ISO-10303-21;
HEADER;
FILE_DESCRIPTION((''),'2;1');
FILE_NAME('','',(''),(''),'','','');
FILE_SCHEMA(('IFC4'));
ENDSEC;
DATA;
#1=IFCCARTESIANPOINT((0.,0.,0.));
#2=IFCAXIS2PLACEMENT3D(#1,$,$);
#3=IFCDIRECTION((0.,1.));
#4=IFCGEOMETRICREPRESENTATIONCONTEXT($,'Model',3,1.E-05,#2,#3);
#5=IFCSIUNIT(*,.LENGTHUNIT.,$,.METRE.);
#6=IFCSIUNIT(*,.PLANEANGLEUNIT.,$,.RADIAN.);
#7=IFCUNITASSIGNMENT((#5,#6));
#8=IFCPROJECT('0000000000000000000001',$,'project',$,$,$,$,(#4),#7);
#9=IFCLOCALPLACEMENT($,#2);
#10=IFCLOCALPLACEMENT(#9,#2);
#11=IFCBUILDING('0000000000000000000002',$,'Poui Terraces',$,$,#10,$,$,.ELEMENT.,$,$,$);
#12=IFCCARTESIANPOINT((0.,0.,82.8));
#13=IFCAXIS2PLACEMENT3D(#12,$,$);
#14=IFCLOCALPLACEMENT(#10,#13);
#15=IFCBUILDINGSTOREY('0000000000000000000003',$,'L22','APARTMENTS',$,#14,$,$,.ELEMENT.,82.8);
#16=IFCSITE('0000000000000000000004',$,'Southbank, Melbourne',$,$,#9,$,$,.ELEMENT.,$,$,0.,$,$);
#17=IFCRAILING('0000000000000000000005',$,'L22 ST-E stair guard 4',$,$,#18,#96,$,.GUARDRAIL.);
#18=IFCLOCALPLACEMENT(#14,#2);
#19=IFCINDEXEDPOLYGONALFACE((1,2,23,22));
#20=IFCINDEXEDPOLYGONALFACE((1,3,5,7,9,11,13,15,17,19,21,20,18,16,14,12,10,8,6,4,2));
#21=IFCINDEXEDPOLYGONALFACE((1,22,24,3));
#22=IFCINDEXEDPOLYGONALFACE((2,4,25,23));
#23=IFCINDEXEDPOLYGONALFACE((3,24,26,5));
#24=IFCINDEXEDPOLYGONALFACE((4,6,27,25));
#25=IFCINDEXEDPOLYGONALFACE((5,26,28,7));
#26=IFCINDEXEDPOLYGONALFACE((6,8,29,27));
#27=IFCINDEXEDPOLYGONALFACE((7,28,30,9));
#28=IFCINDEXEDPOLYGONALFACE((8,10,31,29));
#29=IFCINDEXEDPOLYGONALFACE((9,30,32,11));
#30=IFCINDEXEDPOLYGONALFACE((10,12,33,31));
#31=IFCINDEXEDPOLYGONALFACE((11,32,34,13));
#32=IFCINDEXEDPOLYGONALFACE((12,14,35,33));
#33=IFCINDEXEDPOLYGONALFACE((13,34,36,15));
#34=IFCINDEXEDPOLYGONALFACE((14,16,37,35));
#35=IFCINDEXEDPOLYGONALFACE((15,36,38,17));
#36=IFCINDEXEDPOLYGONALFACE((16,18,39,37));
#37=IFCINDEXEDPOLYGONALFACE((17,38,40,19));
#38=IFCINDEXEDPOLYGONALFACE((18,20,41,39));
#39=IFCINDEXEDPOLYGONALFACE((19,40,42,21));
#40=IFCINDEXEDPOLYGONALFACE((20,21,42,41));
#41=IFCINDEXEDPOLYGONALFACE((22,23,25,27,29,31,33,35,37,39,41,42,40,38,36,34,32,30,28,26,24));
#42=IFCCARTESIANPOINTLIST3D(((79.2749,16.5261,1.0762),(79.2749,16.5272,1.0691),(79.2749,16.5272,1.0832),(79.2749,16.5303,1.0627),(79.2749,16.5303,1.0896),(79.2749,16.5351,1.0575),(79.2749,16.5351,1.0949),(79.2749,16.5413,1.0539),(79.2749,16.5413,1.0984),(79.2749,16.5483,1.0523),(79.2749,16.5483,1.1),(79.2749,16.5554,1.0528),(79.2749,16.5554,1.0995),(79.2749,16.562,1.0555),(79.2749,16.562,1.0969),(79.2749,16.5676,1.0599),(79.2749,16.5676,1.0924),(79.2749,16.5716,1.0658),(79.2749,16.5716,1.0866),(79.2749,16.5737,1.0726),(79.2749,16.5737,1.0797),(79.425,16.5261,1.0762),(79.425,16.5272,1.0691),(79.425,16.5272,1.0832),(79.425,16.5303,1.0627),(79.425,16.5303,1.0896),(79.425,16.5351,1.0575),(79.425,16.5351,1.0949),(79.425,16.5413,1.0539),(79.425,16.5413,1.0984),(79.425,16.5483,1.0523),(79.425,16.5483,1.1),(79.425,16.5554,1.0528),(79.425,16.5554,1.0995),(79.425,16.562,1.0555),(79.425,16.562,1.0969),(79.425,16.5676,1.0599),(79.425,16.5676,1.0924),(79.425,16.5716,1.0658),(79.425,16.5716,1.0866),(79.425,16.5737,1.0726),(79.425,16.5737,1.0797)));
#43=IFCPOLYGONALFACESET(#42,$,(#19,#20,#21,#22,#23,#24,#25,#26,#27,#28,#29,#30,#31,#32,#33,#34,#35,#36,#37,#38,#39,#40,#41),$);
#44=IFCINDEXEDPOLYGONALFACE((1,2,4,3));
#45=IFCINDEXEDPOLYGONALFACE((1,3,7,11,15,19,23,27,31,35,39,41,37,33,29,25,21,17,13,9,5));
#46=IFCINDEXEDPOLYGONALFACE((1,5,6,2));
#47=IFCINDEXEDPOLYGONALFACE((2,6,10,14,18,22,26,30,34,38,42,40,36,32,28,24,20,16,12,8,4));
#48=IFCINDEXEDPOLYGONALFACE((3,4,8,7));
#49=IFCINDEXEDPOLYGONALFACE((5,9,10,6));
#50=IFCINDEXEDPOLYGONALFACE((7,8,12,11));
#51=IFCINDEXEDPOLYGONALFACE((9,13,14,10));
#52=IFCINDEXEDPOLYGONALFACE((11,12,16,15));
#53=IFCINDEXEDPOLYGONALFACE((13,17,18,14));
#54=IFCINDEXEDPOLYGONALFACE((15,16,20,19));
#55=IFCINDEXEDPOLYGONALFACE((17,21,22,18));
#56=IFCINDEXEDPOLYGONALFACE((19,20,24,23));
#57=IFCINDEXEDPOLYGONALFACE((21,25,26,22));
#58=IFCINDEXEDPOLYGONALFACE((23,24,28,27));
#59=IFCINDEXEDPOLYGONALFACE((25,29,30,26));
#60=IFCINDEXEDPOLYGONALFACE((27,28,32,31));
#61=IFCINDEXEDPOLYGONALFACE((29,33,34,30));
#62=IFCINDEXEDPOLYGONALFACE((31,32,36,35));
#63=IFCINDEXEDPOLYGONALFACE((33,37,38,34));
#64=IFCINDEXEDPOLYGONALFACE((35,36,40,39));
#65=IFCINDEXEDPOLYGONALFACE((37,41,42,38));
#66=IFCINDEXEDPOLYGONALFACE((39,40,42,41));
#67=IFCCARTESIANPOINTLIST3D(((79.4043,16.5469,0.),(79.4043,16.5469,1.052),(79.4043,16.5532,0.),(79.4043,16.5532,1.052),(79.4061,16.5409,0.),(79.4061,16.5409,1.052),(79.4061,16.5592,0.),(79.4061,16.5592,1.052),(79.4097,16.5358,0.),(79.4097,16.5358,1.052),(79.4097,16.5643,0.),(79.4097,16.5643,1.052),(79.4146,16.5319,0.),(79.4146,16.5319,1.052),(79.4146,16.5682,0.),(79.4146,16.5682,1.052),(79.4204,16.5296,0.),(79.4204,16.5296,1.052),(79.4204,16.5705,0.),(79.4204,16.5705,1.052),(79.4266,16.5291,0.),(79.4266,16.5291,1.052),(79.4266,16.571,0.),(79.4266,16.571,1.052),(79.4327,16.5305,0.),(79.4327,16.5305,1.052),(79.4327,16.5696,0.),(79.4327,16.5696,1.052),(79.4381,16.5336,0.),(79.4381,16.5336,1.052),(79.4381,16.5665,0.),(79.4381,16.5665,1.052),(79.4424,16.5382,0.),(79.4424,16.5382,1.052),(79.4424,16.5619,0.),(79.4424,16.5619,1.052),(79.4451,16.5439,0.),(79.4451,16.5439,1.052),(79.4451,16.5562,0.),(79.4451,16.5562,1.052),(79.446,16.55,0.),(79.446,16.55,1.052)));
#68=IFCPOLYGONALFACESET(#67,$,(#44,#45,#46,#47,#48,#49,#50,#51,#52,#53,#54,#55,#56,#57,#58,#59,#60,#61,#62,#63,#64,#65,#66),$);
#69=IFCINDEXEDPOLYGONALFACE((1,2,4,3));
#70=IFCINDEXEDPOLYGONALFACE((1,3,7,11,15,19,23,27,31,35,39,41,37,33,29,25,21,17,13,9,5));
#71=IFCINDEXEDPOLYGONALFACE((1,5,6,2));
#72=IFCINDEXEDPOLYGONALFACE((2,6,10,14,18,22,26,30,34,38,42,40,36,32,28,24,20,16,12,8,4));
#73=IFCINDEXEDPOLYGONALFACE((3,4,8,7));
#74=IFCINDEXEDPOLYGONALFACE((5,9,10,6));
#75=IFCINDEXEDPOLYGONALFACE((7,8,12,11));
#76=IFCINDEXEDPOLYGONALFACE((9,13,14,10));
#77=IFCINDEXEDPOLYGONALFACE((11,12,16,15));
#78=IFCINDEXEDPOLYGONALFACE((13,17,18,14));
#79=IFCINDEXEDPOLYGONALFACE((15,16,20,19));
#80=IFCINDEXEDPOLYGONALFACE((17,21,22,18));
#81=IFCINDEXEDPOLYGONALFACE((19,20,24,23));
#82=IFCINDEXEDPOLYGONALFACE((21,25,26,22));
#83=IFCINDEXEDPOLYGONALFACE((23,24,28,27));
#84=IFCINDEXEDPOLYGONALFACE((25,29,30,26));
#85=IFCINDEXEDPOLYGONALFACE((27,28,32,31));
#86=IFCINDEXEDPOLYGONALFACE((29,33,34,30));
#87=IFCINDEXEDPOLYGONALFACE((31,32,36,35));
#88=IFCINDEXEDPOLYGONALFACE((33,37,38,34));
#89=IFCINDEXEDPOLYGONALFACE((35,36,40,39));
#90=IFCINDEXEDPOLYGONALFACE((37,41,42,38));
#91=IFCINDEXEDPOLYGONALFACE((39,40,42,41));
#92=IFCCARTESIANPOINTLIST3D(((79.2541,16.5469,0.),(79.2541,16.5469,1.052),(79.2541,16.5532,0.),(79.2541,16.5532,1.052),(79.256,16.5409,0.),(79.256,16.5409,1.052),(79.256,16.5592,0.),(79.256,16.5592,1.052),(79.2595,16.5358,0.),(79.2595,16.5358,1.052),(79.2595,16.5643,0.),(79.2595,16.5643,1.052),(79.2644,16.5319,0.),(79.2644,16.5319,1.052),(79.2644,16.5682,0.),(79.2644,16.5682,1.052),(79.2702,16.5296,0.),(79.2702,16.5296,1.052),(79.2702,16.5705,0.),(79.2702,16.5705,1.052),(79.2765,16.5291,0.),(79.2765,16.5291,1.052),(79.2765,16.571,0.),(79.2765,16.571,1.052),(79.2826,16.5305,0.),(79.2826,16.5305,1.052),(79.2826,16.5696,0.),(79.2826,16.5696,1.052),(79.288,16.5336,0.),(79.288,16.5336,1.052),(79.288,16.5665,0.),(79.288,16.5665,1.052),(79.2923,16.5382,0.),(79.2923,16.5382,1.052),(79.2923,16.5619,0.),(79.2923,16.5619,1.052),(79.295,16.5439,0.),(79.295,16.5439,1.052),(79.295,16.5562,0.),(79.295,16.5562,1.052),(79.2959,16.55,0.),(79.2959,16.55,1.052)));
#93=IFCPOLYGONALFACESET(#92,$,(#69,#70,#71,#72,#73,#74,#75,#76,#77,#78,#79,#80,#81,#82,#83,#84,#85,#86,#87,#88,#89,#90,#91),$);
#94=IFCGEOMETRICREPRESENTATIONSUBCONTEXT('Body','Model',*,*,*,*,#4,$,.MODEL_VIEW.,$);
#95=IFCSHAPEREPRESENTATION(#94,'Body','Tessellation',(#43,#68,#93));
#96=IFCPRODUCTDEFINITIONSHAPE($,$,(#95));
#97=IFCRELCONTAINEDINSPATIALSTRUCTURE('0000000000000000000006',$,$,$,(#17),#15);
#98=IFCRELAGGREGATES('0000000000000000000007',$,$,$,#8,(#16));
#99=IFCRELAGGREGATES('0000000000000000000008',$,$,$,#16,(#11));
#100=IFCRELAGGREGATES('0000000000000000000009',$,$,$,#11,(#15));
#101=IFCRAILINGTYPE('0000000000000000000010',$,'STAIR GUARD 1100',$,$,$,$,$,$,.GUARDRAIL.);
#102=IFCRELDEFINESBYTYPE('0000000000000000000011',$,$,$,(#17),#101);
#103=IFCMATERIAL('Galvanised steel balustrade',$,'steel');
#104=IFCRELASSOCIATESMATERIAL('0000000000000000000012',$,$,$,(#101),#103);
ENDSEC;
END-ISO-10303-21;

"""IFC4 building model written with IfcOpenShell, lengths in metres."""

from ifc_helpers import new_model, si_unit, direction, frame, origin, origin_2d, place, context, subcontext, project, spatial, circle, extrude, material, type_object, element, save


model = new_model("IFC4")

# Units and contexts
model_context = context("Model", 3, precision=1e-05, world=origin(), true_north=direction((0.0, 1.0)))
body_context = subcontext(model_context, "Body", "Model", "MODEL_VIEW")
ifc_project = project(units=[si_unit("LENGTHUNIT", "METRE"), si_unit("PLANEANGLEUNIT", "RADIAN")], contexts=[model_context])

# Site, building, storey
site_placement = place(None, origin())
site = spatial("IfcSite", under=ifc_project, at=site_placement, Name="Southbank, Melbourne", CompositionType="ELEMENT", RefElevation=0.0)
building_placement = place(site_placement, origin())
building = spatial("IfcBuilding", under=site, at=building_placement, Name="Poui Terraces", CompositionType="ELEMENT")
storey_placement = place(building_placement, frame((0.0, 0.0, 82.8)))
storey = spatial("IfcBuildingStorey", under=building, at=storey_placement, Name="L22", Description="APARTMENTS", CompositionType="ELEMENT", Elevation=82.8)

# Railing
ifc_material_1 = material(Name="Galvanised steel balustrade", Category="steel")
railing_type_1 = type_object("IfcRailingType", Name="STAIR GUARD 1100", PredefinedType="GUARDRAIL", material=ifc_material_1)
railing_1_placement = place(storey_placement, frame((79.425, 16.55, 0.0)))
element("IfcRailing", 1, at=railing_1_placement, inside=storey, type_object=railing_type_1, Name="L22 ST-E stair guard 4", PredefinedType="GUARDRAIL", context=body_context, shape_type="SweptSolid", body=[
    extrude(circle(Radius=0.0239, at=origin_2d()), frame((0.0, 0.0, 1.0762), z_axis=(-1.0, 0.0, 0.0), x_axis=(0.0, -1.0, 0.0)), (0.0, 0.0, 1.0), 0.1501),
    extrude(circle(Radius=0.021, at=origin_2d()), origin(), (0.0, 0.0, 1.0), 1.052),
    extrude(circle(Radius=0.021, at=origin_2d()), frame((-0.1501, 0.0, 0.0)), (0.0, 0.0, 1.0), 1.052),
])

save(model, "model.ifc")
